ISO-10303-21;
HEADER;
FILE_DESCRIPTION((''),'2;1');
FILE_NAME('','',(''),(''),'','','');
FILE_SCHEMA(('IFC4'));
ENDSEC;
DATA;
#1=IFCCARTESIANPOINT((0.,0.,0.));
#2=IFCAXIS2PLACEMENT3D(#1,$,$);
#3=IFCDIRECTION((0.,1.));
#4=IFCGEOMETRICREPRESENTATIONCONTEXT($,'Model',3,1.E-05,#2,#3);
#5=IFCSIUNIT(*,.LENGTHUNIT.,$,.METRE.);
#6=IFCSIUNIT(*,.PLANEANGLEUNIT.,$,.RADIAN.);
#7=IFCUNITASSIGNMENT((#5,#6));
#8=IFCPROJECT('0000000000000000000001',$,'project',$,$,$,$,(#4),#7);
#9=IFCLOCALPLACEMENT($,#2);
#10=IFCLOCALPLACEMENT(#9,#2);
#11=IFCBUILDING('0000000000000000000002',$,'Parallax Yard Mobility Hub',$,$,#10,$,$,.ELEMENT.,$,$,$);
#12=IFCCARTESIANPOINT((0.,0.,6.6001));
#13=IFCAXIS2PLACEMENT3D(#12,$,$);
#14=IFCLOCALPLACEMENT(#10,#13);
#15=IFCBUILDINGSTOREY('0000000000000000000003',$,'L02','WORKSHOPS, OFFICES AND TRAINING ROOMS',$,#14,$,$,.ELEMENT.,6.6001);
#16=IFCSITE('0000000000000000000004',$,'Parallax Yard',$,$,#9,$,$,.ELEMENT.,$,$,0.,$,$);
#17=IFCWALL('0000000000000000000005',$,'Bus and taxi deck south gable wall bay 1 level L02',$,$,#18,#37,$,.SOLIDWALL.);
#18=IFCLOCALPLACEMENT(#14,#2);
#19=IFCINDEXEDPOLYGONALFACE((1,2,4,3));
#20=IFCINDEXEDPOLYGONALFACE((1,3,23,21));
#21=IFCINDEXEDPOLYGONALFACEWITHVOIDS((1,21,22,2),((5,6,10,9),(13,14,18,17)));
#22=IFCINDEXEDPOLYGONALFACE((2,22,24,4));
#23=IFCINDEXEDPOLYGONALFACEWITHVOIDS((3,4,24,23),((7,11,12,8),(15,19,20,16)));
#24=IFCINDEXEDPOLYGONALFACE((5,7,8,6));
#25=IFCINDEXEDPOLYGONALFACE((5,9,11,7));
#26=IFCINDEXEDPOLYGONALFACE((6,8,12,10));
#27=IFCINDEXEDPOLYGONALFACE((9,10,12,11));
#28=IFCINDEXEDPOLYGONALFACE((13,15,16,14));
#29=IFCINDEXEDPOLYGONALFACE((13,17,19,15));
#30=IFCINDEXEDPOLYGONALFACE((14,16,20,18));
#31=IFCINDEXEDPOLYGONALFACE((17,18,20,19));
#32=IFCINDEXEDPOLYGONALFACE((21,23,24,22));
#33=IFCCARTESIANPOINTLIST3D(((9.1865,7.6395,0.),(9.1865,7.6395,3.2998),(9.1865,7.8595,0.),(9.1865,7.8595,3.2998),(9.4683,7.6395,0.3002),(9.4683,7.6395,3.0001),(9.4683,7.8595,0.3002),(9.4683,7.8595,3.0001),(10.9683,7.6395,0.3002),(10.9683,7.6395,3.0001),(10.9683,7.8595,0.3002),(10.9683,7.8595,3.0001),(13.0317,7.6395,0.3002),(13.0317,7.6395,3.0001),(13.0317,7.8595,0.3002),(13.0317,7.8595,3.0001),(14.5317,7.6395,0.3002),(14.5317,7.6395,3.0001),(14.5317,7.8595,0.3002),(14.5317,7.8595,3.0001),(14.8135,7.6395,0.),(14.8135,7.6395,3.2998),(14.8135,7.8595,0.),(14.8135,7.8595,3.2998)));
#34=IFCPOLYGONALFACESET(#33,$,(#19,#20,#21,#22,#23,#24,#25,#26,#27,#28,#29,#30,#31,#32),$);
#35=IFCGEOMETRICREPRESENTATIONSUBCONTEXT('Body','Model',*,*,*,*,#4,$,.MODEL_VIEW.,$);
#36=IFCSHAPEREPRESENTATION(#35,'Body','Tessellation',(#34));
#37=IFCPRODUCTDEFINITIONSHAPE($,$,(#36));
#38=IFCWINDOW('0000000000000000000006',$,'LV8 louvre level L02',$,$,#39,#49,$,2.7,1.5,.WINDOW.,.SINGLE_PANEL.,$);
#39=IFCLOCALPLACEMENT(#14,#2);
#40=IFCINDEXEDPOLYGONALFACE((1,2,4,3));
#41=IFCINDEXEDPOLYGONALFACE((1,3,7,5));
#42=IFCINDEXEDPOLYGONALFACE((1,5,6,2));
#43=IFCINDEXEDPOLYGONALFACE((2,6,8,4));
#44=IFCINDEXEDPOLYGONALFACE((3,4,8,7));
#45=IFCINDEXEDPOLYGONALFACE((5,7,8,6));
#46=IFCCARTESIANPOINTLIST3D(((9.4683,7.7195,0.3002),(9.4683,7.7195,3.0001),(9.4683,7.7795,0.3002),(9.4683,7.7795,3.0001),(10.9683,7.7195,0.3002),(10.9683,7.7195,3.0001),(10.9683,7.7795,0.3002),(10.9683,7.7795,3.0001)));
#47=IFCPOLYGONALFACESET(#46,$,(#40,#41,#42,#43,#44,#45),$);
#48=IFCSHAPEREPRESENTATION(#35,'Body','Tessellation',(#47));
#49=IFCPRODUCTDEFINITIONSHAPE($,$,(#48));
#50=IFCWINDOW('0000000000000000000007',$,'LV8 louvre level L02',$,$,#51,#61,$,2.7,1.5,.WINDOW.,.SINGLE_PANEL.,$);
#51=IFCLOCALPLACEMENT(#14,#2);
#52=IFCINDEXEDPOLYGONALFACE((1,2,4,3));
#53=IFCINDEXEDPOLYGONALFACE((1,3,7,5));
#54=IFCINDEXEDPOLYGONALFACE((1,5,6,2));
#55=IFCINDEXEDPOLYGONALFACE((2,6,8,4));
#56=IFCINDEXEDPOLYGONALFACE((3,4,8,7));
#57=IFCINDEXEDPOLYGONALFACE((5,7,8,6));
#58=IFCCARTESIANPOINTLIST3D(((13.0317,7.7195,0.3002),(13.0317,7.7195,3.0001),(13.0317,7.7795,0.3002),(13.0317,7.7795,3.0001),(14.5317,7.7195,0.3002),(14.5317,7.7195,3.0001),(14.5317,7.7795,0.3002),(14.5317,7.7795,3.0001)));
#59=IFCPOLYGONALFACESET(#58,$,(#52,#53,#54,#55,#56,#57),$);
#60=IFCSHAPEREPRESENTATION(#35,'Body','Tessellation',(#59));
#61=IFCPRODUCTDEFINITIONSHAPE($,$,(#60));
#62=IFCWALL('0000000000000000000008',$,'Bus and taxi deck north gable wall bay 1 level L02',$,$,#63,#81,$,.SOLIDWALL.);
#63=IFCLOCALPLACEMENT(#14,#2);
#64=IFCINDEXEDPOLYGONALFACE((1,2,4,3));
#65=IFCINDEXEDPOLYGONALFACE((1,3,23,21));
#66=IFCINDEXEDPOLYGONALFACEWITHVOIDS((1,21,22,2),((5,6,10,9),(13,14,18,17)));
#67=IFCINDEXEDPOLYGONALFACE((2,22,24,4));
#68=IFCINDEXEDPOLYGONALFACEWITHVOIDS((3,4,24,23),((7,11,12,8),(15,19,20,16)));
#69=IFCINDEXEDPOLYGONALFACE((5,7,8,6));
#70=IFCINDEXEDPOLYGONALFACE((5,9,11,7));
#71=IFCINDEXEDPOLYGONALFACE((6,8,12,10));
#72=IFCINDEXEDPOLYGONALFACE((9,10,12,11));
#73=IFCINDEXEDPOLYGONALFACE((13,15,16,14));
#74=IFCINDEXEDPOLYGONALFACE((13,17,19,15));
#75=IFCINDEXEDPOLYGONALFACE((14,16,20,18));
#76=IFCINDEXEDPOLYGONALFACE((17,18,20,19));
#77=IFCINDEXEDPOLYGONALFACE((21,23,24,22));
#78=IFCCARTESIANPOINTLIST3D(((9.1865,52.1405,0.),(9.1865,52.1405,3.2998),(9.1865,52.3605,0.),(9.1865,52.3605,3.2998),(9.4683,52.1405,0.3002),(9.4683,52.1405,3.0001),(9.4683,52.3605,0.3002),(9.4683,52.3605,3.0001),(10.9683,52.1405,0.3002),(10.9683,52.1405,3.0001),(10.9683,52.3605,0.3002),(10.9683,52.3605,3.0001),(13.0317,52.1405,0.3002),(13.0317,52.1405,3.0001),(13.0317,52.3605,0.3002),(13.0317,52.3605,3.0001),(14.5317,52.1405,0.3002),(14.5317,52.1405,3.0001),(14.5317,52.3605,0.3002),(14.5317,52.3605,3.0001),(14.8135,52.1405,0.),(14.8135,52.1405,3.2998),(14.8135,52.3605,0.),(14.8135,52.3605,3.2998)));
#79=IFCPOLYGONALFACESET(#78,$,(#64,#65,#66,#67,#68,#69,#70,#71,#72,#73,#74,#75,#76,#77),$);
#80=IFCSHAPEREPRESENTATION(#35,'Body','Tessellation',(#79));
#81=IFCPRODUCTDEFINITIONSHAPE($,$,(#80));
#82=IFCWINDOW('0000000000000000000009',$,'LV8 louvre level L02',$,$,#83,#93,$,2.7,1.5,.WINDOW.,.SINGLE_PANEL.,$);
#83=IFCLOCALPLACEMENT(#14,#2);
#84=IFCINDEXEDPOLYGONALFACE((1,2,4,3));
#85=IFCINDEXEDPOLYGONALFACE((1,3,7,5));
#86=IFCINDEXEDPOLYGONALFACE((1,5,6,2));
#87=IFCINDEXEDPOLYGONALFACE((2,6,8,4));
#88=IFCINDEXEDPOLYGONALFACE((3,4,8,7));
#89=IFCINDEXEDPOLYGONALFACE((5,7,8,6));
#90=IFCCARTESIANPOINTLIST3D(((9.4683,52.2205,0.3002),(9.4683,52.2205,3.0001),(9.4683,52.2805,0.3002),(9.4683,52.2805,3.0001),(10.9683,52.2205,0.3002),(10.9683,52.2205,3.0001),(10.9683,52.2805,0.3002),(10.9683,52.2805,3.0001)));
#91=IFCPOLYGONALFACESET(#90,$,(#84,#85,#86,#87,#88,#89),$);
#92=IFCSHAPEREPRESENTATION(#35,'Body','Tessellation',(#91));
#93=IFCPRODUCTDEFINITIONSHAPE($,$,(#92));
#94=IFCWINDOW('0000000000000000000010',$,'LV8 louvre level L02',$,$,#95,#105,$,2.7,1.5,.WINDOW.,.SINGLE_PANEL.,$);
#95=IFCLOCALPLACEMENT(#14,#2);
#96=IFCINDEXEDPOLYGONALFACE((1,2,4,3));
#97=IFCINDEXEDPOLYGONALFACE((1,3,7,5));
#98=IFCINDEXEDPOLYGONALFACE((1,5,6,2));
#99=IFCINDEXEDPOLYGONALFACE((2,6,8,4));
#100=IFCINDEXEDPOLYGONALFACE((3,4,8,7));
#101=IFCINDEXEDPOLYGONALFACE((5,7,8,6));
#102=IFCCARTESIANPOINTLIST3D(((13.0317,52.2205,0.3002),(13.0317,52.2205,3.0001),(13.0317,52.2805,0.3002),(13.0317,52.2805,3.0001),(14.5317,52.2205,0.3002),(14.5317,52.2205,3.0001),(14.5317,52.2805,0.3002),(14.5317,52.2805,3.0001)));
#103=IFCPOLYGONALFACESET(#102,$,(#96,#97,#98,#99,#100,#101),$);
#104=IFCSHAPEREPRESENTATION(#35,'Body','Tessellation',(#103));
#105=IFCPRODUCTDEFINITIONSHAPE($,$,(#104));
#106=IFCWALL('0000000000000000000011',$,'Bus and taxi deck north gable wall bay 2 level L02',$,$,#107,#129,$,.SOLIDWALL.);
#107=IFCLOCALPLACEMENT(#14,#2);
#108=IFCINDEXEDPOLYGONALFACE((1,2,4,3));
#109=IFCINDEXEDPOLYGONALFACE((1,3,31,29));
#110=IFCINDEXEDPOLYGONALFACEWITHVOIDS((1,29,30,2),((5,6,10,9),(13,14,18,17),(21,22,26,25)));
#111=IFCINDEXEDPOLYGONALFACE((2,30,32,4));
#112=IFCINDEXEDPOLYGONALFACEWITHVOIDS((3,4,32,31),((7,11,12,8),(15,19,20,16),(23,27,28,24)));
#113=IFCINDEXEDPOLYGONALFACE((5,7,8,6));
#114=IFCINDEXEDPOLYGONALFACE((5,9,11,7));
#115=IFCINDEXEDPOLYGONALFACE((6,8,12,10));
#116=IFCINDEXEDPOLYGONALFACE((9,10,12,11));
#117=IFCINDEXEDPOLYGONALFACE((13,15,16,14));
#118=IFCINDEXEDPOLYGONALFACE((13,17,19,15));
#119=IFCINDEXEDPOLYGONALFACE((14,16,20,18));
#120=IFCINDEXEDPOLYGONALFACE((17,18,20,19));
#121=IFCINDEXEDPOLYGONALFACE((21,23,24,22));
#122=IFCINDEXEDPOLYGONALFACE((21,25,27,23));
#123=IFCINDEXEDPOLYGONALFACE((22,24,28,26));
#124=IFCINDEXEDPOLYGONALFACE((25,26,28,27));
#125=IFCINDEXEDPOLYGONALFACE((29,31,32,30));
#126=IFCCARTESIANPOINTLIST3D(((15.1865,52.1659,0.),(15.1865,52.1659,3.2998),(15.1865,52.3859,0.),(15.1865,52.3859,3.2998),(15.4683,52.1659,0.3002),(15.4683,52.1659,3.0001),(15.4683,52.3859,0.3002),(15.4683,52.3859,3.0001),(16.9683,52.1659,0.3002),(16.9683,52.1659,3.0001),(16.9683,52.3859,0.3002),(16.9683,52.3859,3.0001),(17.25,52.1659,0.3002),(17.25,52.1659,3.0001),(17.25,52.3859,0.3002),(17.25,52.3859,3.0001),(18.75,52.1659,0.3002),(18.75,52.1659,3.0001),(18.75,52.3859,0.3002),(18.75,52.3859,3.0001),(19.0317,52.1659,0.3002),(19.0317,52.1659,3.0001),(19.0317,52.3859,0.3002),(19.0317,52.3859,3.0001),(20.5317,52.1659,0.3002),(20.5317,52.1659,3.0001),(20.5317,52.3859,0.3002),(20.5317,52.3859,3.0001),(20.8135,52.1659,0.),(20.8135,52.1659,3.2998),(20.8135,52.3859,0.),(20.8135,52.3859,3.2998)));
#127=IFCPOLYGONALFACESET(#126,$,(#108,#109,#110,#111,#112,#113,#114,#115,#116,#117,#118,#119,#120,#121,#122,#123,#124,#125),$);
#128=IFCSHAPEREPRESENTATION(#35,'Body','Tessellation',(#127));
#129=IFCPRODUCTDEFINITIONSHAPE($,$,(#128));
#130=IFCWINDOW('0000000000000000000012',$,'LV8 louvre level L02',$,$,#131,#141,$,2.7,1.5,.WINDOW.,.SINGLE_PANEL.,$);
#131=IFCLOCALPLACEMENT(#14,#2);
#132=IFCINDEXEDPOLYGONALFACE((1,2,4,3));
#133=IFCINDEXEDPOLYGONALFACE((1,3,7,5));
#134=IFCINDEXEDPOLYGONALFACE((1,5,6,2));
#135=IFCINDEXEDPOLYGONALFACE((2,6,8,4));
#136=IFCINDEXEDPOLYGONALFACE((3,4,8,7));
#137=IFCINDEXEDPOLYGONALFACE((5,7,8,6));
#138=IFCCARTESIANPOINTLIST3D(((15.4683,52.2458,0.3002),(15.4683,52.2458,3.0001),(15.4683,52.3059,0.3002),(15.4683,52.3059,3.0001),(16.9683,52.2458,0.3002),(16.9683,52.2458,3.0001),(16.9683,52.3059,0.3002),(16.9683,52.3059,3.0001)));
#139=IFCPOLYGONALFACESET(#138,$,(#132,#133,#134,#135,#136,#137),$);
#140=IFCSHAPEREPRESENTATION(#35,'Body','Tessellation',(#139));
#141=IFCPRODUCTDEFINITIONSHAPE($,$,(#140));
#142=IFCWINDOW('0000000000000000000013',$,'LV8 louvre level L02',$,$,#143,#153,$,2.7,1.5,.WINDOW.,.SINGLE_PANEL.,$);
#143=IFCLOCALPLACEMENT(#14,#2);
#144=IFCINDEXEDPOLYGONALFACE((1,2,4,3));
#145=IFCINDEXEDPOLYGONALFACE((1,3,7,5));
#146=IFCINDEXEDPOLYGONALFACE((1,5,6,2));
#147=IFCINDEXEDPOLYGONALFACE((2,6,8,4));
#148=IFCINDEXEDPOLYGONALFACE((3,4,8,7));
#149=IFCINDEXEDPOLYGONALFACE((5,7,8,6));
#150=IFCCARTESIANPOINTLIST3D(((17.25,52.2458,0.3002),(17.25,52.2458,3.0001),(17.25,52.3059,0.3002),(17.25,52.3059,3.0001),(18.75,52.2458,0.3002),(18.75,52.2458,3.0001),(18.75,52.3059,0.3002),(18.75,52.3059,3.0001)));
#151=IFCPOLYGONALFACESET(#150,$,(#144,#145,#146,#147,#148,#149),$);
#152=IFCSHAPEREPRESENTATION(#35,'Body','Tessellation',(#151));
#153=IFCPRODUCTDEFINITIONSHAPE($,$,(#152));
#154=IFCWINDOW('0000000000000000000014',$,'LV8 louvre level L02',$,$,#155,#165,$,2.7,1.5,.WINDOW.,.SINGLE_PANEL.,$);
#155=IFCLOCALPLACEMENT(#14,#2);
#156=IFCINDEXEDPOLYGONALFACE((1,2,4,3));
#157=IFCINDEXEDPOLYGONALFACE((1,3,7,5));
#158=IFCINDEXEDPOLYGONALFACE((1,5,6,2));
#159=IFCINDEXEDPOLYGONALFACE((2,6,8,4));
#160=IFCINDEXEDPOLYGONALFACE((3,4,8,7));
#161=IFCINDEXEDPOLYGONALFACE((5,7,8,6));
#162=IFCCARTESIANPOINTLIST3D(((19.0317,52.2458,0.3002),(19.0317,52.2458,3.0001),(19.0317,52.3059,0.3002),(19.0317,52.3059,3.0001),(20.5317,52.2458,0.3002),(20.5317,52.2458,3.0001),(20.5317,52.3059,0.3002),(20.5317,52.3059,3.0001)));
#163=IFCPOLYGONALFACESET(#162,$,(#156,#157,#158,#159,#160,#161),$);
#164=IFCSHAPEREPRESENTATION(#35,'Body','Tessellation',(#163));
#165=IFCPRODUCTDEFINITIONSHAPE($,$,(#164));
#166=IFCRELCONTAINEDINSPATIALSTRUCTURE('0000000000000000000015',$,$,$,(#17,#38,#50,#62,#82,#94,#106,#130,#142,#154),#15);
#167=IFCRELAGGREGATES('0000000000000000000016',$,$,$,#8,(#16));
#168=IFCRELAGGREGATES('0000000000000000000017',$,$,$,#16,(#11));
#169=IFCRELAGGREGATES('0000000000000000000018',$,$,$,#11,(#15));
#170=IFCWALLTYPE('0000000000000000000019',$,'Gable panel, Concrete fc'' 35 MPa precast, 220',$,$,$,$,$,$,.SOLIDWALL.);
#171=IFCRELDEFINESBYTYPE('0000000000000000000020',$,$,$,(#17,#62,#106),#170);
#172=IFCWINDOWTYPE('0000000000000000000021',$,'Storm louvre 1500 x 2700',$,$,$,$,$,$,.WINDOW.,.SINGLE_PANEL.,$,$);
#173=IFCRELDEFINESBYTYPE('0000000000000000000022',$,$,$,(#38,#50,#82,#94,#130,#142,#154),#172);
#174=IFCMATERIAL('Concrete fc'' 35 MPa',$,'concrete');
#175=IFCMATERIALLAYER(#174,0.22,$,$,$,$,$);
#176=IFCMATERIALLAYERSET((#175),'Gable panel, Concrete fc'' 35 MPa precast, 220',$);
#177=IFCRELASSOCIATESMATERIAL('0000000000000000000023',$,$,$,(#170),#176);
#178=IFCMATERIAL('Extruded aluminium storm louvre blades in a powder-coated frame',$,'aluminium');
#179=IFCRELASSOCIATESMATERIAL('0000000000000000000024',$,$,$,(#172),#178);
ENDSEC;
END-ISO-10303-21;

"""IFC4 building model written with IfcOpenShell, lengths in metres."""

from ifc_helpers import new_model, si_unit, direction, frame, frame_2d, origin, place, context, subcontext, project, spatial, rectangle, extrude, material, layer, layer_set, type_object, element, fill, save


model = new_model("IFC4")

# Units and contexts
model_context = context("Model", 3, precision=1e-05, world=origin(), true_north=direction((0.0, 1.0)))
body_context = subcontext(model_context, "Body", "Model", "MODEL_VIEW")
ifc_project = project(units=[si_unit("LENGTHUNIT", "METRE"), si_unit("PLANEANGLEUNIT", "RADIAN")], contexts=[model_context])

# Site, building, storey
site_placement = place(None, origin())
site = spatial("IfcSite", under=ifc_project, at=site_placement, Name="Parallax Yard", CompositionType="ELEMENT", RefElevation=0.0)
building_placement = place(site_placement, origin())
building = spatial("IfcBuilding", under=site, at=building_placement, Name="Parallax Yard Mobility Hub", CompositionType="ELEMENT")
storey_placement = place(building_placement, frame((0.0, 0.0, 6.6001)))
storey = spatial("IfcBuildingStorey", under=building, at=storey_placement, Name="L02", Description="WORKSHOPS, OFFICES AND TRAINING ROOMS", CompositionType="ELEMENT", Elevation=6.6001)

# Walls, openings, windows
ifc_material_1 = material(Name="Concrete fc' 35 MPa", Category="concrete")
ifc_layer = layer(ifc_material_1, 0.22)
ifc_layer_set = layer_set([ifc_layer], Name="Gable panel, Concrete fc' 35 MPa precast, 220")
wall_type = type_object("IfcWallType", Name="Gable panel, Concrete fc' 35 MPa precast, 220", PredefinedType="SOLIDWALL", material=ifc_layer_set)
wall_1_placement = place(storey_placement, frame((9.1865, 7.7495, 0.0), z_axis=(0.0, 0.0, 1.0), x_axis=(1.0, 0.0, 0.0)))
wall_1 = element("IfcWall", 1, at=wall_1_placement, inside=storey, type_object=wall_type, Name="Bus and taxi deck south gable wall bay 1 level L02", PredefinedType="SOLIDWALL", context=body_context, shape_type="SweptSolid", body=[
    extrude(rectangle(XDim=5.627, YDim=0.22, at=frame_2d((2.8135, 0.0))), origin(), (0.0, 0.0, 1.0), 3.2998),
])
opening_1_placement = place(wall_1_placement, frame((0.2817, 0.0, 0.3)))
opening_1 = element("IfcOpeningElement", 2, at=opening_1_placement, cuts=wall_1, PredefinedType="OPENING", context=body_context, shape_type="SweptSolid", body=[
    extrude(rectangle(XDim=1.5, YDim=2.7, at=frame_2d((0.75, 1.3501))), frame((0.0, 0.1201, 0.0), z_axis=(0.0, -1.0, 0.0), x_axis=(1.0, 0.0, 0.0)), (0.0, 0.0, 1.0), 0.24),
])
opening_2_placement = place(wall_1_placement, frame((3.8452, 0.0, 0.3)))
opening_2 = element("IfcOpeningElement", 3, at=opening_2_placement, cuts=wall_1, PredefinedType="OPENING", context=body_context, shape_type="SweptSolid", body=[
    extrude(rectangle(XDim=1.5, YDim=2.7, at=frame_2d((0.75, 1.3501))), frame((0.0, 0.1201, 0.0), z_axis=(0.0, -1.0, 0.0), x_axis=(1.0, 0.0, 0.0)), (0.0, 0.0, 1.0), 0.24),
])
ifc_material_2 = material(Name="Extruded aluminium storm louvre blades in a powder-coated frame", Category="aluminium")
window_type = type_object("IfcWindowType", Name="Storm louvre 1500 x 2700", PartitioningType="SINGLE_PANEL", PredefinedType="WINDOW", material=ifc_material_2)
window_1_placement = place(opening_1_placement, origin())
window_1 = element("IfcWindow", 4, at=window_1_placement, inside=storey, type_object=window_type, Name="LV8 louvre level L02", OverallHeight=2.7, OverallWidth=1.5, PartitioningType="SINGLE_PANEL", PredefinedType="WINDOW", context=body_context, shape_type="SweptSolid", body=[
    extrude(rectangle(XDim=1.5, YDim=2.7, at=frame_2d((0.75, 1.3501))), frame((0.0, 0.03, 0.0), z_axis=(0.0, -1.0, 0.0), x_axis=(1.0, 0.0, 0.0)), (0.0, 0.0, 1.0), 0.0601),
])
fill(opening_1, window_1)
window_2_placement = place(opening_2_placement, origin())
window_2 = element("IfcWindow", 5, at=window_2_placement, inside=storey, type_object=window_type, Name="LV8 louvre level L02", OverallHeight=2.7, OverallWidth=1.5, PartitioningType="SINGLE_PANEL", PredefinedType="WINDOW", context=body_context, shape_type="SweptSolid", body=[
    extrude(rectangle(XDim=1.5, YDim=2.7, at=frame_2d((0.75, 1.3501))), frame((0.0, 0.03, 0.0), z_axis=(0.0, -1.0, 0.0), x_axis=(1.0, 0.0, 0.0)), (0.0, 0.0, 1.0), 0.0601),
])
fill(opening_2, window_2)
wall_2_placement = place(storey_placement, frame((9.1865, 52.2505, 0.0), z_axis=(0.0, 0.0, 1.0), x_axis=(1.0, 0.0, 0.0)))
wall_2 = element("IfcWall", 6, at=wall_2_placement, inside=storey, type_object=wall_type, Name="Bus and taxi deck north gable wall bay 1 level L02", PredefinedType="SOLIDWALL", context=body_context, shape_type="SweptSolid", body=[
    extrude(rectangle(XDim=5.627, YDim=0.22, at=frame_2d((2.8135, 0.0))), origin(), (0.0, 0.0, 1.0), 3.2998),
])
opening_3_placement = place(wall_2_placement, frame((0.2817, 0.0, 0.3)))
opening_3 = element("IfcOpeningElement", 7, at=opening_3_placement, cuts=wall_2, PredefinedType="OPENING", context=body_context, shape_type="SweptSolid", body=[
    extrude(rectangle(XDim=1.5, YDim=2.7, at=frame_2d((0.75, 1.3501))), frame((0.0, 0.1201, 0.0), z_axis=(0.0, -1.0, 0.0), x_axis=(1.0, 0.0, 0.0)), (0.0, 0.0, 1.0), 0.24),
])
opening_4_placement = place(wall_2_placement, frame((3.8452, 0.0, 0.3)))
opening_4 = element("IfcOpeningElement", 8, at=opening_4_placement, cuts=wall_2, PredefinedType="OPENING", context=body_context, shape_type="SweptSolid", body=[
    extrude(rectangle(XDim=1.5, YDim=2.7, at=frame_2d((0.75, 1.3501))), frame((0.0, 0.1201, 0.0), z_axis=(0.0, -1.0, 0.0), x_axis=(1.0, 0.0, 0.0)), (0.0, 0.0, 1.0), 0.24),
])
window_3_placement = place(opening_3_placement, origin())
window_3 = element("IfcWindow", 9, at=window_3_placement, inside=storey, type_object=window_type, Name="LV8 louvre level L02", OverallHeight=2.7, OverallWidth=1.5, PartitioningType="SINGLE_PANEL", PredefinedType="WINDOW", context=body_context, shape_type="SweptSolid", body=[
    extrude(rectangle(XDim=1.5, YDim=2.7, at=frame_2d((0.75, 1.3501))), frame((0.0, 0.03, 0.0), z_axis=(0.0, -1.0, 0.0), x_axis=(1.0, 0.0, 0.0)), (0.0, 0.0, 1.0), 0.0601),
])
fill(opening_3, window_3)
window_4_placement = place(opening_4_placement, origin())
window_4 = element("IfcWindow", 10, at=window_4_placement, inside=storey, type_object=window_type, Name="LV8 louvre level L02", OverallHeight=2.7, OverallWidth=1.5, PartitioningType="SINGLE_PANEL", PredefinedType="WINDOW", context=body_context, shape_type="SweptSolid", body=[
    extrude(rectangle(XDim=1.5, YDim=2.7, at=frame_2d((0.75, 1.3501))), frame((0.0, 0.03, 0.0), z_axis=(0.0, -1.0, 0.0), x_axis=(1.0, 0.0, 0.0)), (0.0, 0.0, 1.0), 0.0601),
])
fill(opening_4, window_4)
wall_3_placement = place(storey_placement, frame((15.1865, 52.2759, 0.0), z_axis=(0.0, 0.0, 1.0), x_axis=(1.0, 0.0, 0.0)))
wall_3 = element("IfcWall", 11, at=wall_3_placement, inside=storey, type_object=wall_type, Name="Bus and taxi deck north gable wall bay 2 level L02", PredefinedType="SOLIDWALL", context=body_context, shape_type="SweptSolid", body=[
    extrude(rectangle(XDim=5.627, YDim=0.22, at=frame_2d((2.8135, 0.0))), origin(), (0.0, 0.0, 1.0), 3.2998),
])
opening_5_placement = place(wall_3_placement, frame((0.2817, 0.0, 0.3)))
opening_5 = element("IfcOpeningElement", 12, at=opening_5_placement, cuts=wall_3, PredefinedType="OPENING", context=body_context, shape_type="SweptSolid", body=[
    extrude(rectangle(XDim=1.5, YDim=2.7, at=frame_2d((0.75, 1.3501))), frame((0.0, 0.1201, 0.0), z_axis=(0.0, -1.0, 0.0), x_axis=(1.0, 0.0, 0.0)), (0.0, 0.0, 1.0), 0.24),
])
opening_6_placement = place(wall_3_placement, frame((2.0635, 0.0, 0.3)))
opening_6 = element("IfcOpeningElement", 13, at=opening_6_placement, cuts=wall_3, PredefinedType="OPENING", context=body_context, shape_type="SweptSolid", body=[
    extrude(rectangle(XDim=1.5, YDim=2.7, at=frame_2d((0.75, 1.3501))), frame((0.0, 0.1201, 0.0), z_axis=(0.0, -1.0, 0.0), x_axis=(1.0, 0.0, 0.0)), (0.0, 0.0, 1.0), 0.24),
])
opening_7_placement = place(wall_3_placement, frame((3.8452, 0.0, 0.3)))
opening_7 = element("IfcOpeningElement", 14, at=opening_7_placement, cuts=wall_3, PredefinedType="OPENING", context=body_context, shape_type="SweptSolid", body=[
    extrude(rectangle(XDim=1.5, YDim=2.7, at=frame_2d((0.75, 1.3501))), frame((0.0, 0.1201, 0.0), z_axis=(0.0, -1.0, 0.0), x_axis=(1.0, 0.0, 0.0)), (0.0, 0.0, 1.0), 0.24),
])
window_5_placement = place(opening_5_placement, origin())
window_5 = element("IfcWindow", 15, at=window_5_placement, inside=storey, type_object=window_type, Name="LV8 louvre level L02", OverallHeight=2.7, OverallWidth=1.5, PartitioningType="SINGLE_PANEL", PredefinedType="WINDOW", context=body_context, shape_type="SweptSolid", body=[
    extrude(rectangle(XDim=1.5, YDim=2.7, at=frame_2d((0.75, 1.3501))), frame((0.0, 0.03, 0.0), z_axis=(0.0, -1.0, 0.0), x_axis=(1.0, 0.0, 0.0)), (0.0, 0.0, 1.0), 0.0601),
])
fill(opening_5, window_5)
window_6_placement = place(opening_6_placement, origin())
window_6 = element("IfcWindow", 16, at=window_6_placement, inside=storey, type_object=window_type, Name="LV8 louvre level L02", OverallHeight=2.7, OverallWidth=1.5, PartitioningType="SINGLE_PANEL", PredefinedType="WINDOW", context=body_context, shape_type="SweptSolid", body=[
    extrude(rectangle(XDim=1.5, YDim=2.7, at=frame_2d((0.75, 1.3501))), frame((0.0, 0.03, 0.0), z_axis=(0.0, -1.0, 0.0), x_axis=(1.0, 0.0, 0.0)), (0.0, 0.0, 1.0), 0.0601),
])
fill(opening_6, window_6)
window_7_placement = place(opening_7_placement, origin())
window_7 = element("IfcWindow", 17, at=window_7_placement, inside=storey, type_object=window_type, Name="LV8 louvre level L02", OverallHeight=2.7, OverallWidth=1.5, PartitioningType="SINGLE_PANEL", PredefinedType="WINDOW", context=body_context, shape_type="SweptSolid", body=[
    extrude(rectangle(XDim=1.5, YDim=2.7, at=frame_2d((0.75, 1.3501))), frame((0.0, 0.03, 0.0), z_axis=(0.0, -1.0, 0.0), x_axis=(1.0, 0.0, 0.0)), (0.0, 0.0, 1.0), 0.0601),
])
fill(opening_7, window_7)

save(model, "model.ifc")
